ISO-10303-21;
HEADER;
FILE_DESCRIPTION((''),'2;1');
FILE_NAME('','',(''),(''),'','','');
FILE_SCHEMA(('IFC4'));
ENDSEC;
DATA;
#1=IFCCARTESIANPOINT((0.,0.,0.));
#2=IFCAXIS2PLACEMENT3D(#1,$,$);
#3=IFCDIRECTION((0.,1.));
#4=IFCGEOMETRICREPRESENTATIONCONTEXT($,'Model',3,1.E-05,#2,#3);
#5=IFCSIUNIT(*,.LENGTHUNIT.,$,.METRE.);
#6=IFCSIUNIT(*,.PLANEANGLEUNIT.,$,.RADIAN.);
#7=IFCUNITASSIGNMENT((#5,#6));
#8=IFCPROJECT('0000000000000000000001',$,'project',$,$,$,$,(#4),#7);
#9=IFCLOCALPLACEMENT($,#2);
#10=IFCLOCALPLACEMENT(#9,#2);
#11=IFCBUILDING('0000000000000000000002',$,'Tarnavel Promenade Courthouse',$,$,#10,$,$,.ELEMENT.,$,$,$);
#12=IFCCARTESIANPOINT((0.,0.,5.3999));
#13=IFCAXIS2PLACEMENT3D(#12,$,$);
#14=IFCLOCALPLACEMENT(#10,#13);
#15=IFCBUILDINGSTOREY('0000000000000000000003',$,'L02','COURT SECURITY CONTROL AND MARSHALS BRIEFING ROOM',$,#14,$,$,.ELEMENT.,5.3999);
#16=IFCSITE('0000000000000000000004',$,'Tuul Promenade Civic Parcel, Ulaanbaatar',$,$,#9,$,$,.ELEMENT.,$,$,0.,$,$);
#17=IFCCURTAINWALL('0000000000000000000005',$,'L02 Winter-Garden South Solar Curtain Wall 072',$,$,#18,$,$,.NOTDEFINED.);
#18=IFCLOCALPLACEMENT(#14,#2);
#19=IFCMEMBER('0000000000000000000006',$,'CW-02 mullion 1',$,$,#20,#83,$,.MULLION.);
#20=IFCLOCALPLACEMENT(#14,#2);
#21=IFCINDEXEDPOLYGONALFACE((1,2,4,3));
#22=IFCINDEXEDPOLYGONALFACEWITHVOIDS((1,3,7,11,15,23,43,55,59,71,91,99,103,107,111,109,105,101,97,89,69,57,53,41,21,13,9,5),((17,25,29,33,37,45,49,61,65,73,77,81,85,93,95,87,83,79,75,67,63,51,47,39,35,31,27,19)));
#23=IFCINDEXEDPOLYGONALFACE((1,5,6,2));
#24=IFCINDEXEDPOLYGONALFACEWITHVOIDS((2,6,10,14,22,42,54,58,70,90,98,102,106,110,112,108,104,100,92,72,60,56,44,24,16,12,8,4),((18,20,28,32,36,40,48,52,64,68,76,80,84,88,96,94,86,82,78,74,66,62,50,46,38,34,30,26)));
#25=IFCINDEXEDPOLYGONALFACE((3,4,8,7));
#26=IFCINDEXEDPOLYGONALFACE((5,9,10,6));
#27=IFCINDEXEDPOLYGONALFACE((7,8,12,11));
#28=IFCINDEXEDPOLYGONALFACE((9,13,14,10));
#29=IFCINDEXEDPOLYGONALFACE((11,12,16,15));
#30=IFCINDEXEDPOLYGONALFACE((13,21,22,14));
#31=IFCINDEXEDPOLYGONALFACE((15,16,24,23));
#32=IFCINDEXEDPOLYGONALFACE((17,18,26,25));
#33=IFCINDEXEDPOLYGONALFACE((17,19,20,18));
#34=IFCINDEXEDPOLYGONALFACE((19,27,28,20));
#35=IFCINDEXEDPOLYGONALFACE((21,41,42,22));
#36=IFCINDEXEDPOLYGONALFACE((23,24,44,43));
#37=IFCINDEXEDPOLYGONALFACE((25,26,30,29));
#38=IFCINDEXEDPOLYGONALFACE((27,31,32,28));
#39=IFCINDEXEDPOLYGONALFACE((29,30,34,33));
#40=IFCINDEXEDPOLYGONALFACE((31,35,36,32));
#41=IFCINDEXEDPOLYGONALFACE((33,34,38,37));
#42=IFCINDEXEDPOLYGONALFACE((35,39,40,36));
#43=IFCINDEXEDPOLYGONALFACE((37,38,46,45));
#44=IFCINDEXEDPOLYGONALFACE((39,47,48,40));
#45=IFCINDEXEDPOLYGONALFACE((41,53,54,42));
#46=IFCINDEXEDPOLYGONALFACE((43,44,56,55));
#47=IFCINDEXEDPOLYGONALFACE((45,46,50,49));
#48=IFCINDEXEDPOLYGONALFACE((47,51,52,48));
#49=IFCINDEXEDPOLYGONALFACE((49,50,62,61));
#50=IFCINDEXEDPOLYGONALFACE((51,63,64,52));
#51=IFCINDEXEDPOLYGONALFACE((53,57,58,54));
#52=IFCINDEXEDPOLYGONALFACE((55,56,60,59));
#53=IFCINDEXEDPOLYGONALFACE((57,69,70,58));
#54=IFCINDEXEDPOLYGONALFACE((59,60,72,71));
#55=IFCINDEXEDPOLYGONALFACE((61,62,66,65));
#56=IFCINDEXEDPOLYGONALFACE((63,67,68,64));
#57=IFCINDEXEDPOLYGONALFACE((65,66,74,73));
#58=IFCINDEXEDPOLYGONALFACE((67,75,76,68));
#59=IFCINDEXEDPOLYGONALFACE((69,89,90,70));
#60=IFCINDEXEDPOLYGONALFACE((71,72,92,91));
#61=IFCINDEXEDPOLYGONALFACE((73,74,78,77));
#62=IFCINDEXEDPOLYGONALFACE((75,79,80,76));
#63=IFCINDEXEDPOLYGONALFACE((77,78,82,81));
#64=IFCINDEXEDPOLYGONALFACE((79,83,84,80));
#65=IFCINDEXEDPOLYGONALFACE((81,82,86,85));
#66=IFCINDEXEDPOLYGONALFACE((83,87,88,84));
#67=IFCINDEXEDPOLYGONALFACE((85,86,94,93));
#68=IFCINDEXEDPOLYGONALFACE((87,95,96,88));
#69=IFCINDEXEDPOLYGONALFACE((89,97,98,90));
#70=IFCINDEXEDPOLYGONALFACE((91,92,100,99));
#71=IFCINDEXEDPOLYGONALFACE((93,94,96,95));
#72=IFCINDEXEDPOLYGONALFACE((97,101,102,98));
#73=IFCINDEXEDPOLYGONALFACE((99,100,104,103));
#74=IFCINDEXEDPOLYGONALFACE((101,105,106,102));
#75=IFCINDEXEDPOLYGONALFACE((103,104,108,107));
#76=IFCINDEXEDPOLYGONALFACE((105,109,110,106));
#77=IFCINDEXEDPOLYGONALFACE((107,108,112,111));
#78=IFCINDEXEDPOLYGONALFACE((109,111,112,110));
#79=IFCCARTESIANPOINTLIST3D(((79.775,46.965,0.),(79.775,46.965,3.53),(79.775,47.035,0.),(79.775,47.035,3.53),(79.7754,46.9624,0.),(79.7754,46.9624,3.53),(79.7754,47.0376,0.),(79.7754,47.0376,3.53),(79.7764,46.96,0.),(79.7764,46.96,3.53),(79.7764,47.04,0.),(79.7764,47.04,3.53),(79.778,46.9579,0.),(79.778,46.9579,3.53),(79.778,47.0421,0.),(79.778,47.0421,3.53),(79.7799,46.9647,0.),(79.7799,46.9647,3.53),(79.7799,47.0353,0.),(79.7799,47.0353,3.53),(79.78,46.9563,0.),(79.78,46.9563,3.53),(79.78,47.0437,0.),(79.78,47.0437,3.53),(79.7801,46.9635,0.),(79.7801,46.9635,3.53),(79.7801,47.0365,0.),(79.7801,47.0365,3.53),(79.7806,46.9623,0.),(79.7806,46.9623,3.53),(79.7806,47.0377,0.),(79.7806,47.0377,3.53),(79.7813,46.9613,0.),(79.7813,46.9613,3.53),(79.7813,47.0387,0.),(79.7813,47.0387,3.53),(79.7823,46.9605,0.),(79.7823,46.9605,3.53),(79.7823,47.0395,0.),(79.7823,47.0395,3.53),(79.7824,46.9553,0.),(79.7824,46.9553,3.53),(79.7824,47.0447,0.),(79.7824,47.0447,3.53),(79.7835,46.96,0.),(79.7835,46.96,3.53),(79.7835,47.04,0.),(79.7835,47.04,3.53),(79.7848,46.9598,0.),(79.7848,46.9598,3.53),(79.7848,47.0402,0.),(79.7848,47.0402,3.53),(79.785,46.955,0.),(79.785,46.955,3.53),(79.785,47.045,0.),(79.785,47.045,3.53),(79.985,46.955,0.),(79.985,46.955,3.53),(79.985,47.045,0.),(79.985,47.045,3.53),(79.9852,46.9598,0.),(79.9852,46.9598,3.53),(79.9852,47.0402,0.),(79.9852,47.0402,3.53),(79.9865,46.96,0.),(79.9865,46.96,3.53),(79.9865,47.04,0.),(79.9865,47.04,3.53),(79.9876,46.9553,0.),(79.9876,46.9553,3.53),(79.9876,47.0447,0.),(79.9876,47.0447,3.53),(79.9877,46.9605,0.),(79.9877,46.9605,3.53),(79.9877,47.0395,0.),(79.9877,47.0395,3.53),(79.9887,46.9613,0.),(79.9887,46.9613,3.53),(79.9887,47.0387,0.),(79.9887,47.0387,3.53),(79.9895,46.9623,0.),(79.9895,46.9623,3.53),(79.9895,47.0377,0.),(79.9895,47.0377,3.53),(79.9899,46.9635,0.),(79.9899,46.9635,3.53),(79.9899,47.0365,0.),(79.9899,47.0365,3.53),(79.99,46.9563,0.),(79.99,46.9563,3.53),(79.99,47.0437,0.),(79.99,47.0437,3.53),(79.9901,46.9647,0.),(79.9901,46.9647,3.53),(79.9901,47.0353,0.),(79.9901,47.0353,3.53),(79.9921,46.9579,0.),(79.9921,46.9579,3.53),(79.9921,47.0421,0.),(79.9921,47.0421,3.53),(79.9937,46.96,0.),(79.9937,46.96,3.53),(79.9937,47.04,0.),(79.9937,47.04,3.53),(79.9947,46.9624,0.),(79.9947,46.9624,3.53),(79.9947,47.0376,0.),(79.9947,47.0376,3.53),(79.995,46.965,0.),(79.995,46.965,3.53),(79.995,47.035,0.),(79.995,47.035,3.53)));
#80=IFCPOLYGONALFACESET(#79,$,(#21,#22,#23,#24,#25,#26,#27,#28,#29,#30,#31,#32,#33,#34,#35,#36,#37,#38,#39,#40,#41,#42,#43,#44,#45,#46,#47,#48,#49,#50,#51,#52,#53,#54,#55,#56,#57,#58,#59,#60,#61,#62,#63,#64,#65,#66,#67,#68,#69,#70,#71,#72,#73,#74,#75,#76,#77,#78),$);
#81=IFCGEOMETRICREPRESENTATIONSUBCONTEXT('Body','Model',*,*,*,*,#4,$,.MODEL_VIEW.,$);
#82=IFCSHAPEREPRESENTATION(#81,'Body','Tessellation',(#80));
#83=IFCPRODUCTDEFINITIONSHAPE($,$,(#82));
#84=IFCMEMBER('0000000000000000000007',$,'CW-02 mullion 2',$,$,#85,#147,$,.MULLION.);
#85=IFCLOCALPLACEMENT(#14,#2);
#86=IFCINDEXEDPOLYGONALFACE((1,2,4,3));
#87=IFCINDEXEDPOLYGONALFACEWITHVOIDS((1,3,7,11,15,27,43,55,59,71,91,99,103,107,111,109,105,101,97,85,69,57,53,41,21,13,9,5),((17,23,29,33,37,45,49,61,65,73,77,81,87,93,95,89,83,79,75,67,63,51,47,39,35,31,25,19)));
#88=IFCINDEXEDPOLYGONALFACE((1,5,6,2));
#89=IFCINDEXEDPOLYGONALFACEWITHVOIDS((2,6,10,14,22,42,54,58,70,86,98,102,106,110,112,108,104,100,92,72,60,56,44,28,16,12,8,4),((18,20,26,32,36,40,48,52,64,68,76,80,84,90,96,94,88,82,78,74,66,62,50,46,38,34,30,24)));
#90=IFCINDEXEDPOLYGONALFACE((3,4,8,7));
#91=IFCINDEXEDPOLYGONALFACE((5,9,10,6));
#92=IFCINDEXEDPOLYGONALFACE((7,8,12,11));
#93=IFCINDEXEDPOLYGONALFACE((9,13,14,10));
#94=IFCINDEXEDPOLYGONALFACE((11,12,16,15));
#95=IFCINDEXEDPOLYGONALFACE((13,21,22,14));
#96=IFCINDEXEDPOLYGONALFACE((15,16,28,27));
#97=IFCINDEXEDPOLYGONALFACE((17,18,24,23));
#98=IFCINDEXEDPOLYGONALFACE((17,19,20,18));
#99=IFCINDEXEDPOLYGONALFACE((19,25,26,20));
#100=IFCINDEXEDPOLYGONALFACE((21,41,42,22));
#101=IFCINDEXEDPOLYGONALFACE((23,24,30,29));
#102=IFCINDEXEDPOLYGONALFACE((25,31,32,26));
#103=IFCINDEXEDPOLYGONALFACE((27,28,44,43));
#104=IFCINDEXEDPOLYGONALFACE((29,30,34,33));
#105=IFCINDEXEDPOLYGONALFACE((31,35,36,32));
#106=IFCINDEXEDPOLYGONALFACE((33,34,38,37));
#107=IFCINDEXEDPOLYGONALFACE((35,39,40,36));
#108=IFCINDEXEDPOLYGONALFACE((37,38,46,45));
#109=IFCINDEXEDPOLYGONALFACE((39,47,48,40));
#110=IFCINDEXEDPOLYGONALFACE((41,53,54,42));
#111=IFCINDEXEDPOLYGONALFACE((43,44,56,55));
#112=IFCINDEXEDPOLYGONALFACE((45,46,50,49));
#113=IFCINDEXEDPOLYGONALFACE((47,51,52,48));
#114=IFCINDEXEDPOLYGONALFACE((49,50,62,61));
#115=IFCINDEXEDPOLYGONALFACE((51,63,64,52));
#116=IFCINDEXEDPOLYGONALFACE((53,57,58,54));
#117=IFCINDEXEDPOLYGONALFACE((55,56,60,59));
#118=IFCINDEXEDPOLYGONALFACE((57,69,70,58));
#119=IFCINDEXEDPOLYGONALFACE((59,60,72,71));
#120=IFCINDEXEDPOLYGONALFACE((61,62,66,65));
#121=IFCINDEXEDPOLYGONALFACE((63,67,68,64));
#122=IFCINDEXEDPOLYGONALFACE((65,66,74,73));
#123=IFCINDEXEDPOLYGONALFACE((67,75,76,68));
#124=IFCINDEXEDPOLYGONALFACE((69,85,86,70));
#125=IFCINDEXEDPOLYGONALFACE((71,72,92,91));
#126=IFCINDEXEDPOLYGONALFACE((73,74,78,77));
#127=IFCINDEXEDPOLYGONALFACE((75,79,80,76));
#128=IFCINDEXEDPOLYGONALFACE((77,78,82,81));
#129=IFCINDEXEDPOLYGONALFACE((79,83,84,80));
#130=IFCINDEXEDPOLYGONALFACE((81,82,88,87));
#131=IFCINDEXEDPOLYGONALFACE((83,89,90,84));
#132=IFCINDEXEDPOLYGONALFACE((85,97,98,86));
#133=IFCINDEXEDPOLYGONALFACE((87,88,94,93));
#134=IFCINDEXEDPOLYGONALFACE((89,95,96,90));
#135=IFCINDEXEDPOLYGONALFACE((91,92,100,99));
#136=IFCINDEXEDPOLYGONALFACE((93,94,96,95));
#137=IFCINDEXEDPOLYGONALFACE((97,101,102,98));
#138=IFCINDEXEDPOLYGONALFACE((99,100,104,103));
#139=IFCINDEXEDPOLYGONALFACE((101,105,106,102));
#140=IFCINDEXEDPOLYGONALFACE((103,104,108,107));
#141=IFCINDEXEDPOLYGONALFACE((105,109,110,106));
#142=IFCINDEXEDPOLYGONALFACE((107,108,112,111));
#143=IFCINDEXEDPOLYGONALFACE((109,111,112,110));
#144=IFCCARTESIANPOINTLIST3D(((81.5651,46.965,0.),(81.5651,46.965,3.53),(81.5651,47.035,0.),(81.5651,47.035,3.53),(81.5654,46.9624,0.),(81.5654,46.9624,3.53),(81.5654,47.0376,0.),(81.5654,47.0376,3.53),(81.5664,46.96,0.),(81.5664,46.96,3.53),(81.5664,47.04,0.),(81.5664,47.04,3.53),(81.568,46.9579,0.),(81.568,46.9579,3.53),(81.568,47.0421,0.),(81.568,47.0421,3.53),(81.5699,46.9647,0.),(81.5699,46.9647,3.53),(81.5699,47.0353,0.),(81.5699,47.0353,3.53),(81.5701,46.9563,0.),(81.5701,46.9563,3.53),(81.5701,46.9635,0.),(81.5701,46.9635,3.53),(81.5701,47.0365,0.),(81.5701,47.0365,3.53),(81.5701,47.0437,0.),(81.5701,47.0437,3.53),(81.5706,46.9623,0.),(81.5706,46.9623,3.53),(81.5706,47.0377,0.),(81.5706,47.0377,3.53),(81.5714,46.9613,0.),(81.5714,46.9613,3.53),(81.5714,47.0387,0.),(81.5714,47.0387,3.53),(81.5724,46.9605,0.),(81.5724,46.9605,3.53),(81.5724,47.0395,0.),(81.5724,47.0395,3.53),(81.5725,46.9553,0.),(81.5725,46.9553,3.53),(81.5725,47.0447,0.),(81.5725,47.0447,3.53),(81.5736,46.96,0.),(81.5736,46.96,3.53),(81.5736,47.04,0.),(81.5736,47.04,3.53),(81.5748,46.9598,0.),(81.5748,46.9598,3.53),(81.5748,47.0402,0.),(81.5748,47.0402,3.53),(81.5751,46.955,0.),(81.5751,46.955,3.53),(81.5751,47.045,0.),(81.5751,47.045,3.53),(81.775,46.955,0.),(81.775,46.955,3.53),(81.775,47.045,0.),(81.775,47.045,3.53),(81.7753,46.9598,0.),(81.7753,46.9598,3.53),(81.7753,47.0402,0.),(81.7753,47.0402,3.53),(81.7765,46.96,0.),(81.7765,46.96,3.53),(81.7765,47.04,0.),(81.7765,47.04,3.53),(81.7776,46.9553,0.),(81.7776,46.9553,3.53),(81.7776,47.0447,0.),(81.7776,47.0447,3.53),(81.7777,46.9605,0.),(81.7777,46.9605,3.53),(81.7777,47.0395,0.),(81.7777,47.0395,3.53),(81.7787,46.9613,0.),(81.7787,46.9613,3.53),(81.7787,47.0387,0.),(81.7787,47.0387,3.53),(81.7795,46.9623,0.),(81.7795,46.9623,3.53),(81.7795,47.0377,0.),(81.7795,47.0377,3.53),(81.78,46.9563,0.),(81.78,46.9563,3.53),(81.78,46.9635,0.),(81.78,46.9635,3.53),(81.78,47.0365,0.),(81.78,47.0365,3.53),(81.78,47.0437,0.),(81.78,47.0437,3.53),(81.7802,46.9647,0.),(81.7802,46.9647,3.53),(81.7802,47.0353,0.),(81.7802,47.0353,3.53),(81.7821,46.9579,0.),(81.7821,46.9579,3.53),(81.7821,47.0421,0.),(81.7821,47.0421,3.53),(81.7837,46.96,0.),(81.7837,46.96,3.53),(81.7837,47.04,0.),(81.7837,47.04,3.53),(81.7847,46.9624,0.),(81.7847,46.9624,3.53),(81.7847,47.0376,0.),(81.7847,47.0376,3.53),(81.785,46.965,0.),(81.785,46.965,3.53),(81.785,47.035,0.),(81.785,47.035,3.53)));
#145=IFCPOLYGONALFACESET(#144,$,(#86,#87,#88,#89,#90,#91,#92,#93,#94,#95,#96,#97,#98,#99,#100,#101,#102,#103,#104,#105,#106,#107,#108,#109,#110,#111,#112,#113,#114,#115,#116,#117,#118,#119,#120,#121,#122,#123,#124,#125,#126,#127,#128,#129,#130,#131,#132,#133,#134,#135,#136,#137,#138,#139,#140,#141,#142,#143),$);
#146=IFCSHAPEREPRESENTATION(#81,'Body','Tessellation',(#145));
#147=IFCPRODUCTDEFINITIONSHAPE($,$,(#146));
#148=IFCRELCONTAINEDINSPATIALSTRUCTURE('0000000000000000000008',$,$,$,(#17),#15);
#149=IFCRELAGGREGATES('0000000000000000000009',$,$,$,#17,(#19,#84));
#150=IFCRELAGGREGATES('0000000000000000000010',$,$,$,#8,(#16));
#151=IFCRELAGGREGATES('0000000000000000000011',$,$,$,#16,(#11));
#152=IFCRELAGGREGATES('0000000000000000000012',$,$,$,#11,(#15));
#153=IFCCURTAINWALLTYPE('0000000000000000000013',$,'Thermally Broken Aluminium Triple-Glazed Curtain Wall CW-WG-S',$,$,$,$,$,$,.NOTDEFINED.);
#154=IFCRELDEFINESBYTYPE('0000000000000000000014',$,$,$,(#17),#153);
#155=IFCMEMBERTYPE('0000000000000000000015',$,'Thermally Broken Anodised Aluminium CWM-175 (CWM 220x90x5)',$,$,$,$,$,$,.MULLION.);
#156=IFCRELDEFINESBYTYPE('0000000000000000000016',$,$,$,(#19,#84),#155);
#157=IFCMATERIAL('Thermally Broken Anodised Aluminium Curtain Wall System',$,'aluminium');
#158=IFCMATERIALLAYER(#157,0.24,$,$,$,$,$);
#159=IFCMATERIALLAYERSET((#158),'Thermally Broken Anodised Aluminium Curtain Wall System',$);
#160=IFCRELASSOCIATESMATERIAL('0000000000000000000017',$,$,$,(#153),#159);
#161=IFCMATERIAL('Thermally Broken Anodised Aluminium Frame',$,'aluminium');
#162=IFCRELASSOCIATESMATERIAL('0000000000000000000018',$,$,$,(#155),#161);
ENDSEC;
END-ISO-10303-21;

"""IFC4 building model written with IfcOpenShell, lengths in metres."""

from ifc_helpers import new_model, si_unit, direction, frame, origin, origin_2d, place, context, subcontext, project, spatial, hollow_rectangle, extrude, material, layer, layer_set, material_profile, profile_set, type_object, element, aggregate, save


model = new_model("IFC4")

# Units and contexts
model_context = context("Model", 3, precision=1e-05, world=origin(), true_north=direction((0.0, 1.0)))
body_context = subcontext(model_context, "Body", "Model", "MODEL_VIEW")
ifc_project = project(units=[si_unit("LENGTHUNIT", "METRE"), si_unit("PLANEANGLEUNIT", "RADIAN")], contexts=[model_context])

# Site, building, storey
site_placement = place(None, origin())
site = spatial("IfcSite", under=ifc_project, at=site_placement, Name="Tuul Promenade Civic Parcel, Ulaanbaatar", CompositionType="ELEMENT", RefElevation=0.0)
building_placement = place(site_placement, origin())
building = spatial("IfcBuilding", under=site, at=building_placement, Name="Tarnavel Promenade Courthouse", CompositionType="ELEMENT")
storey_placement = place(building_placement, frame((0.0, 0.0, 5.3999)))
storey = spatial("IfcBuildingStorey", under=building, at=storey_placement, Name="L02", Description="COURT SECURITY CONTROL AND MARSHALS BRIEFING ROOM", CompositionType="ELEMENT", Elevation=5.3999)

# Curtain wall, members
ifc_material_1 = material(Name="Thermally Broken Anodised Aluminium Curtain Wall System", Category="aluminium")
ifc_layer_1 = layer(ifc_material_1, 0.24)
ifc_layer_set_1 = layer_set([ifc_layer_1], Name="Thermally Broken Anodised Aluminium Curtain Wall System")
curtain_wall_type = type_object("IfcCurtainWallType", Name="Thermally Broken Aluminium Triple-Glazed Curtain Wall CW-WG-S", PredefinedType="NOTDEFINED", material=ifc_layer_set_1)
ifc_material_2 = material(Name="Thermally Broken Anodised Aluminium Frame", Category="aluminium")
ifc_material_profile_1 = material_profile(ifc_material_2, hollow_rectangle(XDim=0.0901, YDim=0.22, WallThickness=0.0049, InnerFilletRadius=0.0049, OuterFilletRadius=0.01, at=origin_2d()), Name="CWM 220x90x5")
ifc_profile_set_1 = profile_set([ifc_material_profile_1], Name="Thermally Broken Anodised Aluminium Frame")
member_type_1 = type_object("IfcMemberType", Name="Thermally Broken Anodised Aluminium CWM-175 (CWM 220x90x5)", PredefinedType="MULLION", material=ifc_profile_set_1)
curtain_wall_1_placement = place(storey_placement, origin())
curtain_wall_1 = element("IfcCurtainWall", 1, at=curtain_wall_1_placement, inside=storey, type_object=curtain_wall_type, Name="L02 Winter-Garden South Solar Curtain Wall 072", PredefinedType="NOTDEFINED")
member_1_placement = place(storey_placement, frame((79.885, 47.0, 0.0), z_axis=(0.0, 0.0, 1.0), x_axis=(0.0, 1.0, 0.0)))
member_1 = element("IfcMember", 2, at=member_1_placement, type_object=member_type_1, Name="CW-02 mullion 1", PredefinedType="MULLION", context=body_context, shape_type="SweptSolid", body=[
    extrude(hollow_rectangle(XDim=0.0901, YDim=0.22, WallThickness=0.0049, InnerFilletRadius=0.0049, OuterFilletRadius=0.01, at=origin_2d()), origin(), (0.0, 0.0, 1.0), 3.53),
])
member_2_placement = place(storey_placement, frame((81.675, 47.0, 0.0), z_axis=(0.0, 0.0, 1.0), x_axis=(0.0, 1.0, 0.0)))
member_2 = element("IfcMember", 3, at=member_2_placement, type_object=member_type_1, Name="CW-02 mullion 2", PredefinedType="MULLION", context=body_context, shape_type="SweptSolid", body=[
    extrude(hollow_rectangle(XDim=0.0901, YDim=0.22, WallThickness=0.0049, InnerFilletRadius=0.0049, OuterFilletRadius=0.01, at=origin_2d()), origin(), (0.0, 0.0, 1.0), 3.53),
])

aggregate(curtain_wall_1, [member_1, member_2])

save(model, "model.ifc")
